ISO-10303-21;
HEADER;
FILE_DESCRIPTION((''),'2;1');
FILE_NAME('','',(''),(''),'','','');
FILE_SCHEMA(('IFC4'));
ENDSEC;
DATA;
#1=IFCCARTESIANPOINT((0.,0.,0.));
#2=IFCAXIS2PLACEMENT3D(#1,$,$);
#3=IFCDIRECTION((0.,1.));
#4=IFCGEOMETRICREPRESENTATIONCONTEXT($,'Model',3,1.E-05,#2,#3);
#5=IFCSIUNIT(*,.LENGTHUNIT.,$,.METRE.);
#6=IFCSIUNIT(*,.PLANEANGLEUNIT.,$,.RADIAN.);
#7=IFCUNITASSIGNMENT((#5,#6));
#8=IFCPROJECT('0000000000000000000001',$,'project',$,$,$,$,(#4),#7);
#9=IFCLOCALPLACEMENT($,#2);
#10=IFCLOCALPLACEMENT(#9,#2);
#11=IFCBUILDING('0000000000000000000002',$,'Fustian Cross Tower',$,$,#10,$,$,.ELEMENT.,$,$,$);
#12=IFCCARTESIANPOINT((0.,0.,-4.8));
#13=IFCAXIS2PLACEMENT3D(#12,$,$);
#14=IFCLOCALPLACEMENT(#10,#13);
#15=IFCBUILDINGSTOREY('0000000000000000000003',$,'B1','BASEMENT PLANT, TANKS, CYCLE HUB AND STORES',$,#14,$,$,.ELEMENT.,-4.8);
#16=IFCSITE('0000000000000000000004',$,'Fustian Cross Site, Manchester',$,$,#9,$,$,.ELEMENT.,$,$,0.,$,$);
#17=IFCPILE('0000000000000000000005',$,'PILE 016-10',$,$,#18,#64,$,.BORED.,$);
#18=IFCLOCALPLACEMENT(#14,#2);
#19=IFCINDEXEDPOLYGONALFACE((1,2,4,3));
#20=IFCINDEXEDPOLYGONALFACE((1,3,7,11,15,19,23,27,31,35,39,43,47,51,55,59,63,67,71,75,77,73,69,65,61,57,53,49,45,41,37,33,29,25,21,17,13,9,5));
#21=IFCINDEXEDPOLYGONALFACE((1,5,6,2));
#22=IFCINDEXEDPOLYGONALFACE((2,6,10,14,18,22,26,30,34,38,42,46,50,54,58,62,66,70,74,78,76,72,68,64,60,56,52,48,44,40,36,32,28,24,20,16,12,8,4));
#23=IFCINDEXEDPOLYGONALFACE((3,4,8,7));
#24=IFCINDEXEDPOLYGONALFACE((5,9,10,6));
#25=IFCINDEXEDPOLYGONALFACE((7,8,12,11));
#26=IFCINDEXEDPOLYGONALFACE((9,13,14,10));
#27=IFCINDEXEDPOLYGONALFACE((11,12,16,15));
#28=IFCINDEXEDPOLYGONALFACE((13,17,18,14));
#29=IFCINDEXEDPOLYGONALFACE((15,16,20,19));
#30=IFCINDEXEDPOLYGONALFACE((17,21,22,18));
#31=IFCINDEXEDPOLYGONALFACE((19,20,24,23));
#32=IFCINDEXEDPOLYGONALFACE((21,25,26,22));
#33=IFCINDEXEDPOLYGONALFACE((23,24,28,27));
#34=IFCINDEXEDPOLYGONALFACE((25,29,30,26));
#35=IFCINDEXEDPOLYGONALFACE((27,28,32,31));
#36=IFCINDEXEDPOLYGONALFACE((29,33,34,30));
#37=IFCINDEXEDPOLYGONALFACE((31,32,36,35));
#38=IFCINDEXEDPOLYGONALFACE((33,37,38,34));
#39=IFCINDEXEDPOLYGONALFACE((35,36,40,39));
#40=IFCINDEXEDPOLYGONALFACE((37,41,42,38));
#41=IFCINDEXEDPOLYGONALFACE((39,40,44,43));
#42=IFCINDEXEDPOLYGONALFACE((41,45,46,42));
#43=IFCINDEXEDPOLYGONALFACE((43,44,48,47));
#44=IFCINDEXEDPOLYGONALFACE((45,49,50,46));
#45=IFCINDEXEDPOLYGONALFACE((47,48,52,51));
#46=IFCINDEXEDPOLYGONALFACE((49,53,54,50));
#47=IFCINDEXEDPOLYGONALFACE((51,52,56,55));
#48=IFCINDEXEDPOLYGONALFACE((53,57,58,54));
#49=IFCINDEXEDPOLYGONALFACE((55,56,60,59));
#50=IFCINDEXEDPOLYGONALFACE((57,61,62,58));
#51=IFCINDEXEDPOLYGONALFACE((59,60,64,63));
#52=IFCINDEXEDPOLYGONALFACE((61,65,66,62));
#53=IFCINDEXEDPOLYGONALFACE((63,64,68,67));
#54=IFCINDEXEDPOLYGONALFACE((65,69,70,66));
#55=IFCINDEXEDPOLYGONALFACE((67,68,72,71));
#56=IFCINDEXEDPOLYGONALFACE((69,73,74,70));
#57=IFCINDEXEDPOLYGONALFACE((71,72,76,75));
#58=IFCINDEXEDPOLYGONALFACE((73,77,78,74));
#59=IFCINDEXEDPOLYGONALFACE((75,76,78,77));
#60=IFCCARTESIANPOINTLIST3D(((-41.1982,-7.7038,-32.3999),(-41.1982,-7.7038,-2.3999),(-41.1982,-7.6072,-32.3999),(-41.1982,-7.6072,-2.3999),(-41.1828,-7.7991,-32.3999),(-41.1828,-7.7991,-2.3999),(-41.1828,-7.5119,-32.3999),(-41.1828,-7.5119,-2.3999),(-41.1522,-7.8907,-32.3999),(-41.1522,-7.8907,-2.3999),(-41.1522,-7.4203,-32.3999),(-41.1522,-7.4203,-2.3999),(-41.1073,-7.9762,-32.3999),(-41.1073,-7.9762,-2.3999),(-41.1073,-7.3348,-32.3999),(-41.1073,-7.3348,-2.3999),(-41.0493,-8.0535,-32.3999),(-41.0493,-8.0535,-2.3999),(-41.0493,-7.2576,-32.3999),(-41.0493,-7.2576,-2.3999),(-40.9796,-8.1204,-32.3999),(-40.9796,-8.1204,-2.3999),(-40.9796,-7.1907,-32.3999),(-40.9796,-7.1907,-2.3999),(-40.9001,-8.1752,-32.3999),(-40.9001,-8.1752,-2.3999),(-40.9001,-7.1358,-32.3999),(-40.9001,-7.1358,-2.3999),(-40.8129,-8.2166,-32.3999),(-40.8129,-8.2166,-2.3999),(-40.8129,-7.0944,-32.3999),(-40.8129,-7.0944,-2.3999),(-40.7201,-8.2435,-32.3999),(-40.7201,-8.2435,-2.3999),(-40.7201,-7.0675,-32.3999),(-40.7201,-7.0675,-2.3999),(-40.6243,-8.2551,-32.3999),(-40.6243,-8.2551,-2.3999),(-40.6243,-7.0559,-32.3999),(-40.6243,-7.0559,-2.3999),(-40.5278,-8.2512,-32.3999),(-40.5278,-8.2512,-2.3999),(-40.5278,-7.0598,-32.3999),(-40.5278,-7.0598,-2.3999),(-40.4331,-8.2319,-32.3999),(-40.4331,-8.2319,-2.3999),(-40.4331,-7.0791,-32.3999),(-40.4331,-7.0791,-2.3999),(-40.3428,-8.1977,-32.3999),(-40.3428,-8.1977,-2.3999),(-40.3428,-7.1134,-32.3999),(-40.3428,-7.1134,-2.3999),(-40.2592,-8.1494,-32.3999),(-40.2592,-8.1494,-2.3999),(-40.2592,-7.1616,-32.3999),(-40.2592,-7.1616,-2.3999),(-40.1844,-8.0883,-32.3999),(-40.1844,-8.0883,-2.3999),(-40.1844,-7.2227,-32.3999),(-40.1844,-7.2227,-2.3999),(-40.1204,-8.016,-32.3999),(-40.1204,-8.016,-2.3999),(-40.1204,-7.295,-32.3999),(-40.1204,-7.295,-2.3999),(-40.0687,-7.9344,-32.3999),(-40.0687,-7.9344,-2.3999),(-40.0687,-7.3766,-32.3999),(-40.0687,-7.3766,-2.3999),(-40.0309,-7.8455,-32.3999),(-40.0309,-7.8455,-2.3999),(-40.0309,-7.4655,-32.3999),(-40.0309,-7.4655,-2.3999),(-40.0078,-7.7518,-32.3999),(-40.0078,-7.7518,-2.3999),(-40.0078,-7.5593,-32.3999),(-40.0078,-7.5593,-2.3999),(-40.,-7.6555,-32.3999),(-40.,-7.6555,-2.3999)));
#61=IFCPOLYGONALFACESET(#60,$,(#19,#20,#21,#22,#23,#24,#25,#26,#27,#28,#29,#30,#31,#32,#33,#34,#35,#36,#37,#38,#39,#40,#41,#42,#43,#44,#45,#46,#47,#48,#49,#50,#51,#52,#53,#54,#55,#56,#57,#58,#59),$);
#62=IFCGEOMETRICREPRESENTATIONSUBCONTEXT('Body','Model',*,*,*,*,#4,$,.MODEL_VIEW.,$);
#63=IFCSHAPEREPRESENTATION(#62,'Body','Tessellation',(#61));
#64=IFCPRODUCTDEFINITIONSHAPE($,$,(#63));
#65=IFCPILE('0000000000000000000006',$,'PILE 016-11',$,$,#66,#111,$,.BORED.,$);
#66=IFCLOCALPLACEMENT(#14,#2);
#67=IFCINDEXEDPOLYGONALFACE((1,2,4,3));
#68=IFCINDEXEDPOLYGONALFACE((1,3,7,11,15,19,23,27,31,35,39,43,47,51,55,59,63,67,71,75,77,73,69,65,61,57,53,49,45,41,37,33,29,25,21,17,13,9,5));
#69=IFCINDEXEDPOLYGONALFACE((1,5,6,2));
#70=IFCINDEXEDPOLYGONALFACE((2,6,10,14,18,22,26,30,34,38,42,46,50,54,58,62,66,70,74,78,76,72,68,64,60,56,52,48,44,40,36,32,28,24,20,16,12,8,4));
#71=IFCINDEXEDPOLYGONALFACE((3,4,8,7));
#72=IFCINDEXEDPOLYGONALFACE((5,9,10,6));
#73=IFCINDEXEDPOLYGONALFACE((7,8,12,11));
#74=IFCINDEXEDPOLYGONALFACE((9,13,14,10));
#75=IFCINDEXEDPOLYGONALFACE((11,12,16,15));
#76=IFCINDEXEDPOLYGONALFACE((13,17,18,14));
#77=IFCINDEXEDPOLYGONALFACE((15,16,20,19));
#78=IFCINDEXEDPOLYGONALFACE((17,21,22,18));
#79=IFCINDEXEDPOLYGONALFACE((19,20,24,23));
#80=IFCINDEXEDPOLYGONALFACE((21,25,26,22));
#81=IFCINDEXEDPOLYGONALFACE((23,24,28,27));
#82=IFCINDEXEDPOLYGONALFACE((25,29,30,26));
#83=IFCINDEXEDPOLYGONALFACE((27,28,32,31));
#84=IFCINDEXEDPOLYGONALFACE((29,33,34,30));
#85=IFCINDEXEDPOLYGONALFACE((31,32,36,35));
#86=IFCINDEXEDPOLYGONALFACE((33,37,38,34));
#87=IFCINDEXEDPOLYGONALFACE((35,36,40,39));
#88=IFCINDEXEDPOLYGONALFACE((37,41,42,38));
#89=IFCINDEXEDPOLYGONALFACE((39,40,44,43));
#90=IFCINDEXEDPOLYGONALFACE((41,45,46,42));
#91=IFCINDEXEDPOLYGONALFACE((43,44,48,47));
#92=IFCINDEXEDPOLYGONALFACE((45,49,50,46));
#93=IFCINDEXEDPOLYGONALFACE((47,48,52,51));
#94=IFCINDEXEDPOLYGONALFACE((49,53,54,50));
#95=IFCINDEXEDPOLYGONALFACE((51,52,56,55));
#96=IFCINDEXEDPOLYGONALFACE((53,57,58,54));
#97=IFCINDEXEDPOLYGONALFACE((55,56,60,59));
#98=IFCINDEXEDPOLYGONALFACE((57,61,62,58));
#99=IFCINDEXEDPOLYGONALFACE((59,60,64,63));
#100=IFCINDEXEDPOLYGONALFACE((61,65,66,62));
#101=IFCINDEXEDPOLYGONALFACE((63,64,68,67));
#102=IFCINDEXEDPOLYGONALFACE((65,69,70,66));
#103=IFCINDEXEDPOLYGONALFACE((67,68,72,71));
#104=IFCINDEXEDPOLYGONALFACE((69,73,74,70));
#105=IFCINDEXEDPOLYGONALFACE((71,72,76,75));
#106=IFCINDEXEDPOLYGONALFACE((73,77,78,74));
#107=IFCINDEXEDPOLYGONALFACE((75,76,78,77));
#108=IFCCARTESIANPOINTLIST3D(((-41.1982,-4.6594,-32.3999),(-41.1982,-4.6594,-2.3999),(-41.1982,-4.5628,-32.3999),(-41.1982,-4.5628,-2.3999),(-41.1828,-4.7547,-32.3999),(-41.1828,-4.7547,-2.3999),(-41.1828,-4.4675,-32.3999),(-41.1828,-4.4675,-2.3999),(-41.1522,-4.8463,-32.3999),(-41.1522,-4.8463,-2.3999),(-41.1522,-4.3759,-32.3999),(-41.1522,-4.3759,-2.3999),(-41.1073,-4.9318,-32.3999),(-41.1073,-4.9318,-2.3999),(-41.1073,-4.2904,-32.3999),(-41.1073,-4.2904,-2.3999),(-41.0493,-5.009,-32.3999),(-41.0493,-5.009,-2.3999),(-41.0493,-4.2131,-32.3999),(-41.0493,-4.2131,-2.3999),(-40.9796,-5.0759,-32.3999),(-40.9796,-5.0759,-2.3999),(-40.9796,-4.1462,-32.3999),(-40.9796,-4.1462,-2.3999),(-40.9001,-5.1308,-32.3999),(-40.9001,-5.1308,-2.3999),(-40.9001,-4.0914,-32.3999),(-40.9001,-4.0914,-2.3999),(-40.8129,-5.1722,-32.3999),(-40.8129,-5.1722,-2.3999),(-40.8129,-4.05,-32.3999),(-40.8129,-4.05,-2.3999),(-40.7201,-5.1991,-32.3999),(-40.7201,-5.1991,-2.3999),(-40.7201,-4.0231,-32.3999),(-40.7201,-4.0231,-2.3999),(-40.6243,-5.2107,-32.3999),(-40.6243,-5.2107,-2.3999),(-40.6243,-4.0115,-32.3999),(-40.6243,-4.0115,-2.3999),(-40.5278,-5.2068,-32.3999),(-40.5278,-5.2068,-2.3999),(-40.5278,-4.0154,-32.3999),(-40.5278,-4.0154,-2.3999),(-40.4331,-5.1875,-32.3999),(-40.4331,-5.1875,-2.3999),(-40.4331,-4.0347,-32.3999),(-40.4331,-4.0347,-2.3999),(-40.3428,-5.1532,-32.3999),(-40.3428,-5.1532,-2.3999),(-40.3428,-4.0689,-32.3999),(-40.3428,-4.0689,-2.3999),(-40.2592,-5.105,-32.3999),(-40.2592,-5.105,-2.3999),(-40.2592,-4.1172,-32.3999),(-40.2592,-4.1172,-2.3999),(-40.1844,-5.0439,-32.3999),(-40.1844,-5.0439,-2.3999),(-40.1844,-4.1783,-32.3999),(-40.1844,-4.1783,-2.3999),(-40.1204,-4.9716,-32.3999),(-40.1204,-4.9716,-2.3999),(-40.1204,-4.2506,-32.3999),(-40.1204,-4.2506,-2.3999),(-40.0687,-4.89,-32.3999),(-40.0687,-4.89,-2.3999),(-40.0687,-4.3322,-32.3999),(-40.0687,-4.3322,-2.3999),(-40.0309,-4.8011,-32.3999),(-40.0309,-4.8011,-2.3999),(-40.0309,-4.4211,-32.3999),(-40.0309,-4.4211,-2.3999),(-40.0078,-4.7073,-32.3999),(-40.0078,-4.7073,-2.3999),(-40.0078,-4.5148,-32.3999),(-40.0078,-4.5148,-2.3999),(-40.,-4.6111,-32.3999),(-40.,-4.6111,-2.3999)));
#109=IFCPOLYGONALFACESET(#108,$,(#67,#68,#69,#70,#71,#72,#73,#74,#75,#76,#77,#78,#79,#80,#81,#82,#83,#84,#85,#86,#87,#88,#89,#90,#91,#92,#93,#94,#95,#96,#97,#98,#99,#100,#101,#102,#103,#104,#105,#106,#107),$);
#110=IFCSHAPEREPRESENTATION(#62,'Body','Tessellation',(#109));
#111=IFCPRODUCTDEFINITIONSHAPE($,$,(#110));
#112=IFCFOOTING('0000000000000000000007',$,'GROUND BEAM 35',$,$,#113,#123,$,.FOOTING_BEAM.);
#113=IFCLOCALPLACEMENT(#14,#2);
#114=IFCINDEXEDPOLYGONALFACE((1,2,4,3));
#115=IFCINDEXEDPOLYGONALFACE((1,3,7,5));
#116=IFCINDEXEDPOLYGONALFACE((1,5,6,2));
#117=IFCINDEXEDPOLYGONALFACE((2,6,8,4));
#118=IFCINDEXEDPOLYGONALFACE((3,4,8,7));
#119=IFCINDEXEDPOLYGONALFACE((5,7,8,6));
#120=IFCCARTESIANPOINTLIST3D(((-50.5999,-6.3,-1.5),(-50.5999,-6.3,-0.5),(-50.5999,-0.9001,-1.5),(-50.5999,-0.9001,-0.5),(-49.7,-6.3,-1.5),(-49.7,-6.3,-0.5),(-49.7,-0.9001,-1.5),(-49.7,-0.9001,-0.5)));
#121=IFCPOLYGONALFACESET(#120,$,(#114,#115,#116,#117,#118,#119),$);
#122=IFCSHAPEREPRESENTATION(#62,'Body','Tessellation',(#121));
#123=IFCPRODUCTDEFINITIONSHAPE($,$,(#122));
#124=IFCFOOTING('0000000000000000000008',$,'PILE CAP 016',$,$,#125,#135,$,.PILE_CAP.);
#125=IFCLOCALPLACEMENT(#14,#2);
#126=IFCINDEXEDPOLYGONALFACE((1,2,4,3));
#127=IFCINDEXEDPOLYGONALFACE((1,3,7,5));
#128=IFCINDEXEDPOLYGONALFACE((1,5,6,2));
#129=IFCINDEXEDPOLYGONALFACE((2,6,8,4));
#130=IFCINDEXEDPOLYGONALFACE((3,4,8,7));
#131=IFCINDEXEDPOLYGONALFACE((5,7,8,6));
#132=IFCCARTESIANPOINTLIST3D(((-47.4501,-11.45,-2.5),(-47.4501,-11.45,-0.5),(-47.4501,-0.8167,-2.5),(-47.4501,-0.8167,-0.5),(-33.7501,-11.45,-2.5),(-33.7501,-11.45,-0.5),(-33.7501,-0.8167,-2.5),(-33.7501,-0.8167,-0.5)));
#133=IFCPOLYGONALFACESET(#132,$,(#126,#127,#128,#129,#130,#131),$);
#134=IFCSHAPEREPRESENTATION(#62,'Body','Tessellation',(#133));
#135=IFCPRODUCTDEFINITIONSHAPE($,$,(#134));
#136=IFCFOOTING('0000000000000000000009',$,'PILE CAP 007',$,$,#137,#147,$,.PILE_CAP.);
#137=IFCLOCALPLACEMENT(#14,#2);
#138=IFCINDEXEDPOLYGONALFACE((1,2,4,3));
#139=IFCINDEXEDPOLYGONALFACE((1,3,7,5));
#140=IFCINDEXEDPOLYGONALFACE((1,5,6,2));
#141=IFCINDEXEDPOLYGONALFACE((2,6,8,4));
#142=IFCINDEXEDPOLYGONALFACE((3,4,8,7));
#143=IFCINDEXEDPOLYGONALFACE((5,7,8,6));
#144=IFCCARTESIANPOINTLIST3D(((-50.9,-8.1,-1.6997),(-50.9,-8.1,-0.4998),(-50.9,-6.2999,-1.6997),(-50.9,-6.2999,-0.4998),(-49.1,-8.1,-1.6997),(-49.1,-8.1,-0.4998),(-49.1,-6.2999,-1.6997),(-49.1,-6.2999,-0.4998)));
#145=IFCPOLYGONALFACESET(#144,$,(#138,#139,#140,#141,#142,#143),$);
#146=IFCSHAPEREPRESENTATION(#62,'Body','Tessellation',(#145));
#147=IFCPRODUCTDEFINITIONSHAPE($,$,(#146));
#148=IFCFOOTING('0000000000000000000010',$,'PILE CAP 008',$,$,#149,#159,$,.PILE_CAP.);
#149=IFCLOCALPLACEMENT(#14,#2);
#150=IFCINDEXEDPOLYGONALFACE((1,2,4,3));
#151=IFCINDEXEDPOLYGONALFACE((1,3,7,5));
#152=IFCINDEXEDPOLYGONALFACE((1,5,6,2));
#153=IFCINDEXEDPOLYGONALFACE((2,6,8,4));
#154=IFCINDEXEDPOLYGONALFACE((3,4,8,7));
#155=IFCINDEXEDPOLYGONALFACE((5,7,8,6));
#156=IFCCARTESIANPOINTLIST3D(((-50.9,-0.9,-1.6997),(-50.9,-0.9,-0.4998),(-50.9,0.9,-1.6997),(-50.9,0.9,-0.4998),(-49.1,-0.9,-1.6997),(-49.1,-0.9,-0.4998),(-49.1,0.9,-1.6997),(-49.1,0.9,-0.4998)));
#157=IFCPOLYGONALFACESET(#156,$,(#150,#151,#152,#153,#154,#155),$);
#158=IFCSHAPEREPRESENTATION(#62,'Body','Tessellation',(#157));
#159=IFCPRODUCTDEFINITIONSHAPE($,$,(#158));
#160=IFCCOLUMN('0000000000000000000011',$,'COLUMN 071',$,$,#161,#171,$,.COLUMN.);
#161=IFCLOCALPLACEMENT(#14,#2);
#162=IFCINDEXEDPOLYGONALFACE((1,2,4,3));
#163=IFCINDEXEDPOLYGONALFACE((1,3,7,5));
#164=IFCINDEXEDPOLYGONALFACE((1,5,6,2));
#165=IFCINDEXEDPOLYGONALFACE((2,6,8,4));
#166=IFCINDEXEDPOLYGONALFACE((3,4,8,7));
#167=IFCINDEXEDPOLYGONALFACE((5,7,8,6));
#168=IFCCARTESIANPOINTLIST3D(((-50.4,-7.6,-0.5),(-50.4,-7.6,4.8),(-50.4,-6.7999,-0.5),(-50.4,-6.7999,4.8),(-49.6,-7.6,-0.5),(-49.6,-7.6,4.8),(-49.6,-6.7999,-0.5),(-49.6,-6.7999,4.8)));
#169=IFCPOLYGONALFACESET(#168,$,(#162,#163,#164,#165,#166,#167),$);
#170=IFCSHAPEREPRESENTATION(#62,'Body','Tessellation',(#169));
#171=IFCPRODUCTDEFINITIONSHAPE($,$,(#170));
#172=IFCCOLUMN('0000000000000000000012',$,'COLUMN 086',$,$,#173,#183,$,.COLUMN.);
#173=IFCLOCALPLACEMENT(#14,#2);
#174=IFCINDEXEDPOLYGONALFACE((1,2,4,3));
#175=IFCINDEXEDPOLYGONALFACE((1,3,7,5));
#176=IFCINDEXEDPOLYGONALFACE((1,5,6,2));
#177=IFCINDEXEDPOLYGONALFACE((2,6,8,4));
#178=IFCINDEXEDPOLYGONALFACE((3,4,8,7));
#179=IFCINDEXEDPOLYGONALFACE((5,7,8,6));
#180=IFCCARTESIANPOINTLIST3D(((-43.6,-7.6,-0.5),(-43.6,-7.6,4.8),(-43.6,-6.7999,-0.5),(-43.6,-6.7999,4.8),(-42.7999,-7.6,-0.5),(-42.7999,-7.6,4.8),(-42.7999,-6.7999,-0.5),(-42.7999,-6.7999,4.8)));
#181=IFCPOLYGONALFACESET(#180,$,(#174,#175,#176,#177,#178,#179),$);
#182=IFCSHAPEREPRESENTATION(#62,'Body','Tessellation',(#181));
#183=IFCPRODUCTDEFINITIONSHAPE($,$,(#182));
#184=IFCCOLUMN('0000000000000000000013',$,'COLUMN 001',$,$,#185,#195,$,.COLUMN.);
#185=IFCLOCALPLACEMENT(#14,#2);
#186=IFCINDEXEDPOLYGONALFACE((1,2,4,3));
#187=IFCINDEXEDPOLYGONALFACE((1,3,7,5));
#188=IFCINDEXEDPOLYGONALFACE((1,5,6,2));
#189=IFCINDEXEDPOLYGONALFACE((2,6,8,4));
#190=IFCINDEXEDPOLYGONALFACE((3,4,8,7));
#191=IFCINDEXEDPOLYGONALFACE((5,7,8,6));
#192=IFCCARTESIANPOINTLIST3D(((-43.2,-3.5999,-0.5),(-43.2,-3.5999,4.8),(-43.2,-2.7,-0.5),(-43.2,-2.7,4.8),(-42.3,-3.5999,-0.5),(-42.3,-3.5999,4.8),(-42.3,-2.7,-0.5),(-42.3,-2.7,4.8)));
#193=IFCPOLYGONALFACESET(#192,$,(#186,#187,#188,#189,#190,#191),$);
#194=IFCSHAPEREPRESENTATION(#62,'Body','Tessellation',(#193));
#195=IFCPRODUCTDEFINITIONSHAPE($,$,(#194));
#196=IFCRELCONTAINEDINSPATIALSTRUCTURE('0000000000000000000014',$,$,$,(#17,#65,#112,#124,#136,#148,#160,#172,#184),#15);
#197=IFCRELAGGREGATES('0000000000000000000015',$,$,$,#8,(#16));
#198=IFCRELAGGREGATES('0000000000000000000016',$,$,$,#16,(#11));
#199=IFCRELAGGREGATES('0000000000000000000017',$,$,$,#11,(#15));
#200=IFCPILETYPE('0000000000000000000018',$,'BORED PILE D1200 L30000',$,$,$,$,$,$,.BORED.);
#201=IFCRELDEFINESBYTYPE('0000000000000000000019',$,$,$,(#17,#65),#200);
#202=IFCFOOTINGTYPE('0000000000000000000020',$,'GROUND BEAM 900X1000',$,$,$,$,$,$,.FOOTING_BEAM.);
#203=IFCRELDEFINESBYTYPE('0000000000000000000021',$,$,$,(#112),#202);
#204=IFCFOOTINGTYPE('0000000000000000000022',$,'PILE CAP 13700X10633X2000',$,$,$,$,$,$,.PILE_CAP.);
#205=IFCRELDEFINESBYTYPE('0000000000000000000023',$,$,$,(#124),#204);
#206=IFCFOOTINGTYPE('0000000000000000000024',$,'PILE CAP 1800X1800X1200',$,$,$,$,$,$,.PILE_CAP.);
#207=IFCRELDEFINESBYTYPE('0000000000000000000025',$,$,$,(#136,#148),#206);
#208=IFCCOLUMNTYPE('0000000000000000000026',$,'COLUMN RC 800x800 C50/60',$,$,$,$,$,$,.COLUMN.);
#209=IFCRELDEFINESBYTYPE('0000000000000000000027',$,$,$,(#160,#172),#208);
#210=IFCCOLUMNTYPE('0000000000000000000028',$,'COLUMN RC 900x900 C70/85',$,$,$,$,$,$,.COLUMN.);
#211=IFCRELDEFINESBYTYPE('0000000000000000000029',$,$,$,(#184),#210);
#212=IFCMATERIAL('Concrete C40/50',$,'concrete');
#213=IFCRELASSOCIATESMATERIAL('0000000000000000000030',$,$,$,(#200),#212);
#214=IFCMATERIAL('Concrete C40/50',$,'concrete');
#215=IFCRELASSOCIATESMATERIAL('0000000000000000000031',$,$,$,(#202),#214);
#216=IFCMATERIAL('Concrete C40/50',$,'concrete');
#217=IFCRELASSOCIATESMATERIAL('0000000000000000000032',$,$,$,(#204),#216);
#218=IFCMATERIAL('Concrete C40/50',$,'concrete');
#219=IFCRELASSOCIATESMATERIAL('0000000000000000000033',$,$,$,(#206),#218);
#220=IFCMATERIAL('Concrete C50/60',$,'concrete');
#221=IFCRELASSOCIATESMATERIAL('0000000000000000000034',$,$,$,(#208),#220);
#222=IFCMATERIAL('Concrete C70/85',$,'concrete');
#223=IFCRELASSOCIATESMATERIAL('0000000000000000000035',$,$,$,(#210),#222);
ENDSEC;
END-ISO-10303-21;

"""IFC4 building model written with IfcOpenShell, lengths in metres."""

from ifc_helpers import new_model, si_unit, direction, frame, origin, origin_2d, place, context, subcontext, project, spatial, rectangle, circle, extrude, material, material_profile, profile_set, type_object, element, save


model = new_model("IFC4")

# Units and contexts
model_context = context("Model", 3, precision=1e-05, world=origin(), true_north=direction((0.0, 1.0)))
body_context = subcontext(model_context, "Body", "Model", "MODEL_VIEW")
ifc_project = project(units=[si_unit("LENGTHUNIT", "METRE"), si_unit("PLANEANGLEUNIT", "RADIAN")], contexts=[model_context])

# Site, building, storey
site_placement = place(None, origin())
site = spatial("IfcSite", under=ifc_project, at=site_placement, Name="Fustian Cross Site, Manchester", CompositionType="ELEMENT", RefElevation=0.0)
building_placement = place(site_placement, origin())
building = spatial("IfcBuilding", under=site, at=building_placement, Name="Fustian Cross Tower", CompositionType="ELEMENT")
storey_placement = place(building_placement, frame((0.0, 0.0, -4.8)))
storey = spatial("IfcBuildingStorey", under=building, at=storey_placement, Name="B1", Description="BASEMENT PLANT, TANKS, CYCLE HUB AND STORES", CompositionType="ELEMENT", Elevation=-4.8)

# Piles
ifc_material_1 = material(Name="Concrete C40/50", Category="concrete")
ifc_material_profile_1 = material_profile(ifc_material_1, circle(Radius=0.6001, at=origin_2d()), Name="BORED PILE D1200 L30000")
ifc_profile_set_1 = profile_set([ifc_material_profile_1], Name="Concrete C40/50")
pile_type_1 = type_object("IfcPileType", Name="BORED PILE D1200 L30000", PredefinedType="BORED", material=ifc_profile_set_1)
for number, where, z_axis, x_axis, name in (
    (1, (-40.6001, -7.6555, -2.3999), (0.0, 0.0, -1.0), (1.0, 0.0, 0.0), "PILE 016-10"),
    (2, (-40.6001, -4.6111, -2.3999), (0.0, 0.0, -1.0), (1.0, 0.0, 0.0), "PILE 016-11"),
):
    element("IfcPile", number, at=place(storey_placement, frame(where, z_axis=z_axis, x_axis=x_axis)), inside=storey, type_object=pile_type_1, Name=name, PredefinedType="BORED", context=body_context, shape_type="SweptSolid", body=[
        extrude(circle(Radius=0.6001, at=origin_2d()), origin(), (0.0, 0.0, 1.0), 30.0),
    ])

# Footings
ifc_material_2 = material(Name="Concrete C40/50", Category="concrete")
footing_type_1 = type_object("IfcFootingType", Name="GROUND BEAM 900X1000", PredefinedType="FOOTING_BEAM", material=ifc_material_2)
footing_1_placement = place(storey_placement, frame((-50.1499, -3.6001, -1.5), z_axis=(0.0, 0.0, 1.0), x_axis=(1.0, 0.0, 0.0)))
element("IfcFooting", 3, at=footing_1_placement, inside=storey, type_object=footing_type_1, Name="GROUND BEAM 35", PredefinedType="FOOTING_BEAM", context=body_context, shape_type="SweptSolid", body=[
    extrude(rectangle(XDim=0.8999, YDim=5.3999, at=origin_2d()), origin(), (0.0, 0.0, 1.0), 1.0),
])
ifc_material_3 = material(Name="Concrete C40/50", Category="concrete")
footing_type_2 = type_object("IfcFootingType", Name="PILE CAP 13700X10633X2000", PredefinedType="PILE_CAP", material=ifc_material_3)
footing_2_placement = place(storey_placement, frame((-40.6001, -6.1333, -2.5), z_axis=(0.0, 0.0, 1.0), x_axis=(1.0, 0.0, 0.0)))
element("IfcFooting", 4, at=footing_2_placement, inside=storey, type_object=footing_type_2, Name="PILE CAP 016", PredefinedType="PILE_CAP", context=body_context, shape_type="SweptSolid", body=[
    extrude(rectangle(XDim=13.7, YDim=10.6333, at=origin_2d()), origin(), (0.0, 0.0, 1.0), 2.0),
])
ifc_material_4 = material(Name="Concrete C40/50", Category="concrete")
footing_type_3 = type_object("IfcFootingType", Name="PILE CAP 1800X1800X1200", PredefinedType="PILE_CAP", material=ifc_material_4)
for number, where, z_axis, x_axis, name in (
    (5, (-50.0, -7.2, -1.6997), (0.0, 0.0, 1.0), (1.0, 0.0, 0.0), "PILE CAP 007"),
    (6, (-50.0, 0.0, -1.6997), (0.0, 0.0, 1.0), (1.0, 0.0, 0.0), "PILE CAP 008"),
):
    element("IfcFooting", number, at=place(storey_placement, frame(where, z_axis=z_axis, x_axis=x_axis)), inside=storey, type_object=footing_type_3, Name=name, PredefinedType="PILE_CAP", context=body_context, shape_type="SweptSolid", body=[
        extrude(rectangle(XDim=1.8, YDim=1.8, at=origin_2d()), origin(), (0.0, 0.0, 1.0), 1.2),
    ])

# Columns
ifc_material_5 = material(Name="Concrete C50/60", Category="concrete")
ifc_material_profile_2 = material_profile(ifc_material_5, rectangle(XDim=0.8, YDim=0.8, at=origin_2d()), Name="RC 800x800")
ifc_profile_set_2 = profile_set([ifc_material_profile_2], Name="Concrete C50/60")
column_type_1 = type_object("IfcColumnType", Name="COLUMN RC 800x800 C50/60", PredefinedType="COLUMN", material=ifc_profile_set_2)
for number, where, z_axis, x_axis, name in (
    (7, (-50.0, -7.2, -0.5), (0.0, 0.0, 1.0), (1.0, 0.0, 0.0), "COLUMN 071"),
    (8, (-43.2, -7.2, -0.5), (0.0, 0.0, 1.0), (1.0, 0.0, 0.0), "COLUMN 086"),
):
    element("IfcColumn", number, at=place(storey_placement, frame(where, z_axis=z_axis, x_axis=x_axis)), inside=storey, type_object=column_type_1, Name=name, PredefinedType="COLUMN", context=body_context, shape_type="SweptSolid", body=[
        extrude(rectangle(XDim=0.8, YDim=0.8, at=origin_2d()), origin(), (0.0, 0.0, 1.0), 5.3),
    ])
ifc_material_6 = material(Name="Concrete C70/85", Category="concrete")
ifc_material_profile_3 = material_profile(ifc_material_6, rectangle(XDim=0.8999, YDim=0.8999, at=origin_2d()), Name="RC 900x900")
ifc_profile_set_3 = profile_set([ifc_material_profile_3], Name="Concrete C70/85")
column_type_2 = type_object("IfcColumnType", Name="COLUMN RC 900x900 C70/85", PredefinedType="COLUMN", material=ifc_profile_set_3)
for number, where, z_axis, x_axis, name in (
    (9, (-42.75, -3.1499, -0.5), (0.0, 0.0, 1.0), (1.0, 0.0, 0.0), "COLUMN 001"),
):
    element("IfcColumn", number, at=place(storey_placement, frame(where, z_axis=z_axis, x_axis=x_axis)), inside=storey, type_object=column_type_2, Name=name, PredefinedType="COLUMN", context=body_context, shape_type="SweptSolid", body=[
        extrude(rectangle(XDim=0.8999, YDim=0.8999, at=origin_2d()), origin(), (0.0, 0.0, 1.0), 5.3),
    ])

save(model, "model.ifc")
